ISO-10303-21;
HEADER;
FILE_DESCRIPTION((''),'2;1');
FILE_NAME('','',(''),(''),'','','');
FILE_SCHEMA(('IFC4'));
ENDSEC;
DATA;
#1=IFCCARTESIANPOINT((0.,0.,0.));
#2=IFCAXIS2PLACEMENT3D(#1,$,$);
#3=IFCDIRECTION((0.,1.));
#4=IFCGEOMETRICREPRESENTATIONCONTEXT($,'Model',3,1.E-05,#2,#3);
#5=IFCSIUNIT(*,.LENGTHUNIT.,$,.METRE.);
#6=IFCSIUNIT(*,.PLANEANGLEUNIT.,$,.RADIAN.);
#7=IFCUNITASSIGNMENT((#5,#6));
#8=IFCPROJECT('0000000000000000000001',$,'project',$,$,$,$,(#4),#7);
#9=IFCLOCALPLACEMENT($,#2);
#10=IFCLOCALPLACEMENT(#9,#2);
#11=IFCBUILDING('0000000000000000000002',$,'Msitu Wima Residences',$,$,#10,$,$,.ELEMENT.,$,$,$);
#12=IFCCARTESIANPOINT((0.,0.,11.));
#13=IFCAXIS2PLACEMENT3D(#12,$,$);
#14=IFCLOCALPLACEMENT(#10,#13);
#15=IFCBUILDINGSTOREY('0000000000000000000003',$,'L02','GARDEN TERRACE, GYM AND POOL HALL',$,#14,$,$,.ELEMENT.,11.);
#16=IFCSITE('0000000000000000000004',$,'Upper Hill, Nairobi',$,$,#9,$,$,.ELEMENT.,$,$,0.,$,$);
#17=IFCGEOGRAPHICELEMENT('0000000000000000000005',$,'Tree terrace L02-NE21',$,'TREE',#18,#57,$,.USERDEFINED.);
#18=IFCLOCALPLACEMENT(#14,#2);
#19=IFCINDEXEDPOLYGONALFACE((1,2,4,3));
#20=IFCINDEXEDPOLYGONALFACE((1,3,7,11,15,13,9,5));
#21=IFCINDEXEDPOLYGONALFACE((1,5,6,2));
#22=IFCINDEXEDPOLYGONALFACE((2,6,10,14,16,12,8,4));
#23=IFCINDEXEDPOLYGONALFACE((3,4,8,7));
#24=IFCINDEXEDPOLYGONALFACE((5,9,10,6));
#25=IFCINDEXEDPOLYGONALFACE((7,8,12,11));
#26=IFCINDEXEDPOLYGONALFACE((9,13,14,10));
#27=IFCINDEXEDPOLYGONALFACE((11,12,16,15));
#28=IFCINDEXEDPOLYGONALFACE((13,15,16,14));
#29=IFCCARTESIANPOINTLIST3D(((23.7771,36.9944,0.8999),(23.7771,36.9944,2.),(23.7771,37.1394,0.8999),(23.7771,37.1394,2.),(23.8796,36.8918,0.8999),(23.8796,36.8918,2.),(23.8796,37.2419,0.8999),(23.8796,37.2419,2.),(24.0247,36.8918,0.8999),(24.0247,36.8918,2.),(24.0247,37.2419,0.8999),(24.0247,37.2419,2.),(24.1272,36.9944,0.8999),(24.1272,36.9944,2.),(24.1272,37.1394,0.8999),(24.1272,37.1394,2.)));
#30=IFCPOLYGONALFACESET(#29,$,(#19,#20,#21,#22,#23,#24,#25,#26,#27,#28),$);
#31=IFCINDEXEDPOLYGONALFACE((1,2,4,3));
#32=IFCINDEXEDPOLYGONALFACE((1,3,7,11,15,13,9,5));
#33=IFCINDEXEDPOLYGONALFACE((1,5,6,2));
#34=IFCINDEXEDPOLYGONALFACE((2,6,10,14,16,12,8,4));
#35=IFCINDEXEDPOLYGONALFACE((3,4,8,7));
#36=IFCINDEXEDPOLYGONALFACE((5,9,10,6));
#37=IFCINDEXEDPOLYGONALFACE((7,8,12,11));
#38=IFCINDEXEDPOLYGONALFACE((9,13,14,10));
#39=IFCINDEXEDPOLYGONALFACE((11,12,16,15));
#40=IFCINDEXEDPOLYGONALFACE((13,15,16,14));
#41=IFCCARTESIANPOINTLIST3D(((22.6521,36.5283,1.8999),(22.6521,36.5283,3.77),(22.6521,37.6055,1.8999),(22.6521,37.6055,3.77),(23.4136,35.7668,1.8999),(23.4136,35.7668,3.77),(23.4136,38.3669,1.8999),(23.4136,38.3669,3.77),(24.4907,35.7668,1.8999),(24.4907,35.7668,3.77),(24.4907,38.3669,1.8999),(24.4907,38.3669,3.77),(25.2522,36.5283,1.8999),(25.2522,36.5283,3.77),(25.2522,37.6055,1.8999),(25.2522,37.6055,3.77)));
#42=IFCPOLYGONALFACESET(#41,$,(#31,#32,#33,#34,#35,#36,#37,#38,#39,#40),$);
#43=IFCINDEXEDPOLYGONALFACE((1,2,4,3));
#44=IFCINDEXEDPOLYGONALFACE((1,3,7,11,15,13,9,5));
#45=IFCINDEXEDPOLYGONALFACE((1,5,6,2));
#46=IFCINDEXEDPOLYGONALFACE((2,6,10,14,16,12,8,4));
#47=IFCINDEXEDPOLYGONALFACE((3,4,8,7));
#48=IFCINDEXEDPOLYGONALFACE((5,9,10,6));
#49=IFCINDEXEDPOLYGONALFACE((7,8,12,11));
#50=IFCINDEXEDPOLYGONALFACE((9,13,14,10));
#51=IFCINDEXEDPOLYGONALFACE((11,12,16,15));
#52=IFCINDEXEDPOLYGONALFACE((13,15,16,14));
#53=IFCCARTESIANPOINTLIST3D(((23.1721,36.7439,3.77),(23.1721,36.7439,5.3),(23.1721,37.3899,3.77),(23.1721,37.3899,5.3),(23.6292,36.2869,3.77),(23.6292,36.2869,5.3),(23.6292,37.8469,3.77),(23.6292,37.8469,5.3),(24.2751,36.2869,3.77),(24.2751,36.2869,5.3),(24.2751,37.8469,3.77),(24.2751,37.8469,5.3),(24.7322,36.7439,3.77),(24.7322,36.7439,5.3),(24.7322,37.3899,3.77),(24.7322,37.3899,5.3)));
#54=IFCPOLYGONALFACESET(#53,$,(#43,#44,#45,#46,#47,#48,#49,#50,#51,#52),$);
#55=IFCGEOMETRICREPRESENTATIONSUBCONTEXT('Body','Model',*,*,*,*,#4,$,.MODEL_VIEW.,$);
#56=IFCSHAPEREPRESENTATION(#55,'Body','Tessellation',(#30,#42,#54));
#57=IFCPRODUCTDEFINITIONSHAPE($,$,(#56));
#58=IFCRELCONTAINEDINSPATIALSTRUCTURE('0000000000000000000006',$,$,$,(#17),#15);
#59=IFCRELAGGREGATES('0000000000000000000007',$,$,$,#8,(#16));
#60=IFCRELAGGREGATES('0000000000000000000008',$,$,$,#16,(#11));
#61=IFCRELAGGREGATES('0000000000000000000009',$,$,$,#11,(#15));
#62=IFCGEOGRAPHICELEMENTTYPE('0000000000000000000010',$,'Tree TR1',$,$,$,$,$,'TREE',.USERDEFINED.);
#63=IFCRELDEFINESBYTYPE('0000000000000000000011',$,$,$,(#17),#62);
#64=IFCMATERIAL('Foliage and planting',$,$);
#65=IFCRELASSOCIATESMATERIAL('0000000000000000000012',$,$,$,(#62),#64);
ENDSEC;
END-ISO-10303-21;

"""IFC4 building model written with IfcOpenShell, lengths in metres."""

from ifc_helpers import new_model, si_unit, direction, frame, origin, place, context, subcontext, project, spatial, polyline, outline, extrude, material, type_object, element, save


model = new_model("IFC4")

# Units and contexts
model_context = context("Model", 3, precision=1e-05, world=origin(), true_north=direction((0.0, 1.0)))
body_context = subcontext(model_context, "Body", "Model", "MODEL_VIEW")
ifc_project = project(units=[si_unit("LENGTHUNIT", "METRE"), si_unit("PLANEANGLEUNIT", "RADIAN")], contexts=[model_context])

# Site, building, storey
site_placement = place(None, origin())
site = spatial("IfcSite", under=ifc_project, at=site_placement, Name="Upper Hill, Nairobi", CompositionType="ELEMENT", RefElevation=0.0)
building_placement = place(site_placement, origin())
building = spatial("IfcBuilding", under=site, at=building_placement, Name="Msitu Wima Residences", CompositionType="ELEMENT")
storey_placement = place(building_placement, frame((0.0, 0.0, 11.0)))
storey = spatial("IfcBuildingStorey", under=building, at=storey_placement, Name="L02", Description="GARDEN TERRACE, GYM AND POOL HALL", CompositionType="ELEMENT", Elevation=11.0)

# Geographic element
ifc_material_1 = material(Name="Foliage and planting")
geographic_element_type = type_object("IfcGeographicElementType", Name="Tree TR1", ElementType="TREE", PredefinedType="USERDEFINED", material=ifc_material_1)
for number, where, z_axis, x_axis, name in (
    (1, (23.9521, 37.0669, 0.8999), (0.0, 0.0, 1.0), (1.0, 0.0, 0.0), "Tree terrace L02-NE21"),
):
    element("IfcGeographicElement", number, at=place(storey_placement, frame(where, z_axis=z_axis, x_axis=x_axis)), inside=storey, type_object=geographic_element_type, Name=name, ObjectType="TREE", PredefinedType="USERDEFINED", context=body_context, shape_type="SweptSolid", body=[
        extrude(outline(polyline([(0.175, 0.0725), (0.0725, 0.175), (-0.0725, 0.175), (-0.175, 0.0725), (-0.175, -0.0725), (-0.0725, -0.175), (0.0725, -0.175), (0.175, -0.0725), (0.175, 0.0725)])), origin(), (0.0, 0.0, 1.0), 1.1001),
        extrude(outline(polyline([(1.3, 0.5386), (0.5386, 1.3), (-0.5386, 1.3), (-1.3, 0.5386), (-1.3, -0.5386), (-0.5386, -1.3), (0.5386, -1.3), (1.3, -0.5386), (1.3, 0.5386)])), frame((0.0, 0.0, 1.0)), (0.0, 0.0, 1.0), 1.8701),
        extrude(outline(polyline([(0.78, 0.323), (0.323, 0.78), (-0.323, 0.78), (-0.78, 0.323), (-0.78, -0.323), (-0.323, -0.78), (0.323, -0.78), (0.78, -0.323), (0.78, 0.323)])), frame((0.0, 0.0, 2.8701)), (0.0, 0.0, 1.0), 1.53),
    ])

save(model, "model.ifc")
